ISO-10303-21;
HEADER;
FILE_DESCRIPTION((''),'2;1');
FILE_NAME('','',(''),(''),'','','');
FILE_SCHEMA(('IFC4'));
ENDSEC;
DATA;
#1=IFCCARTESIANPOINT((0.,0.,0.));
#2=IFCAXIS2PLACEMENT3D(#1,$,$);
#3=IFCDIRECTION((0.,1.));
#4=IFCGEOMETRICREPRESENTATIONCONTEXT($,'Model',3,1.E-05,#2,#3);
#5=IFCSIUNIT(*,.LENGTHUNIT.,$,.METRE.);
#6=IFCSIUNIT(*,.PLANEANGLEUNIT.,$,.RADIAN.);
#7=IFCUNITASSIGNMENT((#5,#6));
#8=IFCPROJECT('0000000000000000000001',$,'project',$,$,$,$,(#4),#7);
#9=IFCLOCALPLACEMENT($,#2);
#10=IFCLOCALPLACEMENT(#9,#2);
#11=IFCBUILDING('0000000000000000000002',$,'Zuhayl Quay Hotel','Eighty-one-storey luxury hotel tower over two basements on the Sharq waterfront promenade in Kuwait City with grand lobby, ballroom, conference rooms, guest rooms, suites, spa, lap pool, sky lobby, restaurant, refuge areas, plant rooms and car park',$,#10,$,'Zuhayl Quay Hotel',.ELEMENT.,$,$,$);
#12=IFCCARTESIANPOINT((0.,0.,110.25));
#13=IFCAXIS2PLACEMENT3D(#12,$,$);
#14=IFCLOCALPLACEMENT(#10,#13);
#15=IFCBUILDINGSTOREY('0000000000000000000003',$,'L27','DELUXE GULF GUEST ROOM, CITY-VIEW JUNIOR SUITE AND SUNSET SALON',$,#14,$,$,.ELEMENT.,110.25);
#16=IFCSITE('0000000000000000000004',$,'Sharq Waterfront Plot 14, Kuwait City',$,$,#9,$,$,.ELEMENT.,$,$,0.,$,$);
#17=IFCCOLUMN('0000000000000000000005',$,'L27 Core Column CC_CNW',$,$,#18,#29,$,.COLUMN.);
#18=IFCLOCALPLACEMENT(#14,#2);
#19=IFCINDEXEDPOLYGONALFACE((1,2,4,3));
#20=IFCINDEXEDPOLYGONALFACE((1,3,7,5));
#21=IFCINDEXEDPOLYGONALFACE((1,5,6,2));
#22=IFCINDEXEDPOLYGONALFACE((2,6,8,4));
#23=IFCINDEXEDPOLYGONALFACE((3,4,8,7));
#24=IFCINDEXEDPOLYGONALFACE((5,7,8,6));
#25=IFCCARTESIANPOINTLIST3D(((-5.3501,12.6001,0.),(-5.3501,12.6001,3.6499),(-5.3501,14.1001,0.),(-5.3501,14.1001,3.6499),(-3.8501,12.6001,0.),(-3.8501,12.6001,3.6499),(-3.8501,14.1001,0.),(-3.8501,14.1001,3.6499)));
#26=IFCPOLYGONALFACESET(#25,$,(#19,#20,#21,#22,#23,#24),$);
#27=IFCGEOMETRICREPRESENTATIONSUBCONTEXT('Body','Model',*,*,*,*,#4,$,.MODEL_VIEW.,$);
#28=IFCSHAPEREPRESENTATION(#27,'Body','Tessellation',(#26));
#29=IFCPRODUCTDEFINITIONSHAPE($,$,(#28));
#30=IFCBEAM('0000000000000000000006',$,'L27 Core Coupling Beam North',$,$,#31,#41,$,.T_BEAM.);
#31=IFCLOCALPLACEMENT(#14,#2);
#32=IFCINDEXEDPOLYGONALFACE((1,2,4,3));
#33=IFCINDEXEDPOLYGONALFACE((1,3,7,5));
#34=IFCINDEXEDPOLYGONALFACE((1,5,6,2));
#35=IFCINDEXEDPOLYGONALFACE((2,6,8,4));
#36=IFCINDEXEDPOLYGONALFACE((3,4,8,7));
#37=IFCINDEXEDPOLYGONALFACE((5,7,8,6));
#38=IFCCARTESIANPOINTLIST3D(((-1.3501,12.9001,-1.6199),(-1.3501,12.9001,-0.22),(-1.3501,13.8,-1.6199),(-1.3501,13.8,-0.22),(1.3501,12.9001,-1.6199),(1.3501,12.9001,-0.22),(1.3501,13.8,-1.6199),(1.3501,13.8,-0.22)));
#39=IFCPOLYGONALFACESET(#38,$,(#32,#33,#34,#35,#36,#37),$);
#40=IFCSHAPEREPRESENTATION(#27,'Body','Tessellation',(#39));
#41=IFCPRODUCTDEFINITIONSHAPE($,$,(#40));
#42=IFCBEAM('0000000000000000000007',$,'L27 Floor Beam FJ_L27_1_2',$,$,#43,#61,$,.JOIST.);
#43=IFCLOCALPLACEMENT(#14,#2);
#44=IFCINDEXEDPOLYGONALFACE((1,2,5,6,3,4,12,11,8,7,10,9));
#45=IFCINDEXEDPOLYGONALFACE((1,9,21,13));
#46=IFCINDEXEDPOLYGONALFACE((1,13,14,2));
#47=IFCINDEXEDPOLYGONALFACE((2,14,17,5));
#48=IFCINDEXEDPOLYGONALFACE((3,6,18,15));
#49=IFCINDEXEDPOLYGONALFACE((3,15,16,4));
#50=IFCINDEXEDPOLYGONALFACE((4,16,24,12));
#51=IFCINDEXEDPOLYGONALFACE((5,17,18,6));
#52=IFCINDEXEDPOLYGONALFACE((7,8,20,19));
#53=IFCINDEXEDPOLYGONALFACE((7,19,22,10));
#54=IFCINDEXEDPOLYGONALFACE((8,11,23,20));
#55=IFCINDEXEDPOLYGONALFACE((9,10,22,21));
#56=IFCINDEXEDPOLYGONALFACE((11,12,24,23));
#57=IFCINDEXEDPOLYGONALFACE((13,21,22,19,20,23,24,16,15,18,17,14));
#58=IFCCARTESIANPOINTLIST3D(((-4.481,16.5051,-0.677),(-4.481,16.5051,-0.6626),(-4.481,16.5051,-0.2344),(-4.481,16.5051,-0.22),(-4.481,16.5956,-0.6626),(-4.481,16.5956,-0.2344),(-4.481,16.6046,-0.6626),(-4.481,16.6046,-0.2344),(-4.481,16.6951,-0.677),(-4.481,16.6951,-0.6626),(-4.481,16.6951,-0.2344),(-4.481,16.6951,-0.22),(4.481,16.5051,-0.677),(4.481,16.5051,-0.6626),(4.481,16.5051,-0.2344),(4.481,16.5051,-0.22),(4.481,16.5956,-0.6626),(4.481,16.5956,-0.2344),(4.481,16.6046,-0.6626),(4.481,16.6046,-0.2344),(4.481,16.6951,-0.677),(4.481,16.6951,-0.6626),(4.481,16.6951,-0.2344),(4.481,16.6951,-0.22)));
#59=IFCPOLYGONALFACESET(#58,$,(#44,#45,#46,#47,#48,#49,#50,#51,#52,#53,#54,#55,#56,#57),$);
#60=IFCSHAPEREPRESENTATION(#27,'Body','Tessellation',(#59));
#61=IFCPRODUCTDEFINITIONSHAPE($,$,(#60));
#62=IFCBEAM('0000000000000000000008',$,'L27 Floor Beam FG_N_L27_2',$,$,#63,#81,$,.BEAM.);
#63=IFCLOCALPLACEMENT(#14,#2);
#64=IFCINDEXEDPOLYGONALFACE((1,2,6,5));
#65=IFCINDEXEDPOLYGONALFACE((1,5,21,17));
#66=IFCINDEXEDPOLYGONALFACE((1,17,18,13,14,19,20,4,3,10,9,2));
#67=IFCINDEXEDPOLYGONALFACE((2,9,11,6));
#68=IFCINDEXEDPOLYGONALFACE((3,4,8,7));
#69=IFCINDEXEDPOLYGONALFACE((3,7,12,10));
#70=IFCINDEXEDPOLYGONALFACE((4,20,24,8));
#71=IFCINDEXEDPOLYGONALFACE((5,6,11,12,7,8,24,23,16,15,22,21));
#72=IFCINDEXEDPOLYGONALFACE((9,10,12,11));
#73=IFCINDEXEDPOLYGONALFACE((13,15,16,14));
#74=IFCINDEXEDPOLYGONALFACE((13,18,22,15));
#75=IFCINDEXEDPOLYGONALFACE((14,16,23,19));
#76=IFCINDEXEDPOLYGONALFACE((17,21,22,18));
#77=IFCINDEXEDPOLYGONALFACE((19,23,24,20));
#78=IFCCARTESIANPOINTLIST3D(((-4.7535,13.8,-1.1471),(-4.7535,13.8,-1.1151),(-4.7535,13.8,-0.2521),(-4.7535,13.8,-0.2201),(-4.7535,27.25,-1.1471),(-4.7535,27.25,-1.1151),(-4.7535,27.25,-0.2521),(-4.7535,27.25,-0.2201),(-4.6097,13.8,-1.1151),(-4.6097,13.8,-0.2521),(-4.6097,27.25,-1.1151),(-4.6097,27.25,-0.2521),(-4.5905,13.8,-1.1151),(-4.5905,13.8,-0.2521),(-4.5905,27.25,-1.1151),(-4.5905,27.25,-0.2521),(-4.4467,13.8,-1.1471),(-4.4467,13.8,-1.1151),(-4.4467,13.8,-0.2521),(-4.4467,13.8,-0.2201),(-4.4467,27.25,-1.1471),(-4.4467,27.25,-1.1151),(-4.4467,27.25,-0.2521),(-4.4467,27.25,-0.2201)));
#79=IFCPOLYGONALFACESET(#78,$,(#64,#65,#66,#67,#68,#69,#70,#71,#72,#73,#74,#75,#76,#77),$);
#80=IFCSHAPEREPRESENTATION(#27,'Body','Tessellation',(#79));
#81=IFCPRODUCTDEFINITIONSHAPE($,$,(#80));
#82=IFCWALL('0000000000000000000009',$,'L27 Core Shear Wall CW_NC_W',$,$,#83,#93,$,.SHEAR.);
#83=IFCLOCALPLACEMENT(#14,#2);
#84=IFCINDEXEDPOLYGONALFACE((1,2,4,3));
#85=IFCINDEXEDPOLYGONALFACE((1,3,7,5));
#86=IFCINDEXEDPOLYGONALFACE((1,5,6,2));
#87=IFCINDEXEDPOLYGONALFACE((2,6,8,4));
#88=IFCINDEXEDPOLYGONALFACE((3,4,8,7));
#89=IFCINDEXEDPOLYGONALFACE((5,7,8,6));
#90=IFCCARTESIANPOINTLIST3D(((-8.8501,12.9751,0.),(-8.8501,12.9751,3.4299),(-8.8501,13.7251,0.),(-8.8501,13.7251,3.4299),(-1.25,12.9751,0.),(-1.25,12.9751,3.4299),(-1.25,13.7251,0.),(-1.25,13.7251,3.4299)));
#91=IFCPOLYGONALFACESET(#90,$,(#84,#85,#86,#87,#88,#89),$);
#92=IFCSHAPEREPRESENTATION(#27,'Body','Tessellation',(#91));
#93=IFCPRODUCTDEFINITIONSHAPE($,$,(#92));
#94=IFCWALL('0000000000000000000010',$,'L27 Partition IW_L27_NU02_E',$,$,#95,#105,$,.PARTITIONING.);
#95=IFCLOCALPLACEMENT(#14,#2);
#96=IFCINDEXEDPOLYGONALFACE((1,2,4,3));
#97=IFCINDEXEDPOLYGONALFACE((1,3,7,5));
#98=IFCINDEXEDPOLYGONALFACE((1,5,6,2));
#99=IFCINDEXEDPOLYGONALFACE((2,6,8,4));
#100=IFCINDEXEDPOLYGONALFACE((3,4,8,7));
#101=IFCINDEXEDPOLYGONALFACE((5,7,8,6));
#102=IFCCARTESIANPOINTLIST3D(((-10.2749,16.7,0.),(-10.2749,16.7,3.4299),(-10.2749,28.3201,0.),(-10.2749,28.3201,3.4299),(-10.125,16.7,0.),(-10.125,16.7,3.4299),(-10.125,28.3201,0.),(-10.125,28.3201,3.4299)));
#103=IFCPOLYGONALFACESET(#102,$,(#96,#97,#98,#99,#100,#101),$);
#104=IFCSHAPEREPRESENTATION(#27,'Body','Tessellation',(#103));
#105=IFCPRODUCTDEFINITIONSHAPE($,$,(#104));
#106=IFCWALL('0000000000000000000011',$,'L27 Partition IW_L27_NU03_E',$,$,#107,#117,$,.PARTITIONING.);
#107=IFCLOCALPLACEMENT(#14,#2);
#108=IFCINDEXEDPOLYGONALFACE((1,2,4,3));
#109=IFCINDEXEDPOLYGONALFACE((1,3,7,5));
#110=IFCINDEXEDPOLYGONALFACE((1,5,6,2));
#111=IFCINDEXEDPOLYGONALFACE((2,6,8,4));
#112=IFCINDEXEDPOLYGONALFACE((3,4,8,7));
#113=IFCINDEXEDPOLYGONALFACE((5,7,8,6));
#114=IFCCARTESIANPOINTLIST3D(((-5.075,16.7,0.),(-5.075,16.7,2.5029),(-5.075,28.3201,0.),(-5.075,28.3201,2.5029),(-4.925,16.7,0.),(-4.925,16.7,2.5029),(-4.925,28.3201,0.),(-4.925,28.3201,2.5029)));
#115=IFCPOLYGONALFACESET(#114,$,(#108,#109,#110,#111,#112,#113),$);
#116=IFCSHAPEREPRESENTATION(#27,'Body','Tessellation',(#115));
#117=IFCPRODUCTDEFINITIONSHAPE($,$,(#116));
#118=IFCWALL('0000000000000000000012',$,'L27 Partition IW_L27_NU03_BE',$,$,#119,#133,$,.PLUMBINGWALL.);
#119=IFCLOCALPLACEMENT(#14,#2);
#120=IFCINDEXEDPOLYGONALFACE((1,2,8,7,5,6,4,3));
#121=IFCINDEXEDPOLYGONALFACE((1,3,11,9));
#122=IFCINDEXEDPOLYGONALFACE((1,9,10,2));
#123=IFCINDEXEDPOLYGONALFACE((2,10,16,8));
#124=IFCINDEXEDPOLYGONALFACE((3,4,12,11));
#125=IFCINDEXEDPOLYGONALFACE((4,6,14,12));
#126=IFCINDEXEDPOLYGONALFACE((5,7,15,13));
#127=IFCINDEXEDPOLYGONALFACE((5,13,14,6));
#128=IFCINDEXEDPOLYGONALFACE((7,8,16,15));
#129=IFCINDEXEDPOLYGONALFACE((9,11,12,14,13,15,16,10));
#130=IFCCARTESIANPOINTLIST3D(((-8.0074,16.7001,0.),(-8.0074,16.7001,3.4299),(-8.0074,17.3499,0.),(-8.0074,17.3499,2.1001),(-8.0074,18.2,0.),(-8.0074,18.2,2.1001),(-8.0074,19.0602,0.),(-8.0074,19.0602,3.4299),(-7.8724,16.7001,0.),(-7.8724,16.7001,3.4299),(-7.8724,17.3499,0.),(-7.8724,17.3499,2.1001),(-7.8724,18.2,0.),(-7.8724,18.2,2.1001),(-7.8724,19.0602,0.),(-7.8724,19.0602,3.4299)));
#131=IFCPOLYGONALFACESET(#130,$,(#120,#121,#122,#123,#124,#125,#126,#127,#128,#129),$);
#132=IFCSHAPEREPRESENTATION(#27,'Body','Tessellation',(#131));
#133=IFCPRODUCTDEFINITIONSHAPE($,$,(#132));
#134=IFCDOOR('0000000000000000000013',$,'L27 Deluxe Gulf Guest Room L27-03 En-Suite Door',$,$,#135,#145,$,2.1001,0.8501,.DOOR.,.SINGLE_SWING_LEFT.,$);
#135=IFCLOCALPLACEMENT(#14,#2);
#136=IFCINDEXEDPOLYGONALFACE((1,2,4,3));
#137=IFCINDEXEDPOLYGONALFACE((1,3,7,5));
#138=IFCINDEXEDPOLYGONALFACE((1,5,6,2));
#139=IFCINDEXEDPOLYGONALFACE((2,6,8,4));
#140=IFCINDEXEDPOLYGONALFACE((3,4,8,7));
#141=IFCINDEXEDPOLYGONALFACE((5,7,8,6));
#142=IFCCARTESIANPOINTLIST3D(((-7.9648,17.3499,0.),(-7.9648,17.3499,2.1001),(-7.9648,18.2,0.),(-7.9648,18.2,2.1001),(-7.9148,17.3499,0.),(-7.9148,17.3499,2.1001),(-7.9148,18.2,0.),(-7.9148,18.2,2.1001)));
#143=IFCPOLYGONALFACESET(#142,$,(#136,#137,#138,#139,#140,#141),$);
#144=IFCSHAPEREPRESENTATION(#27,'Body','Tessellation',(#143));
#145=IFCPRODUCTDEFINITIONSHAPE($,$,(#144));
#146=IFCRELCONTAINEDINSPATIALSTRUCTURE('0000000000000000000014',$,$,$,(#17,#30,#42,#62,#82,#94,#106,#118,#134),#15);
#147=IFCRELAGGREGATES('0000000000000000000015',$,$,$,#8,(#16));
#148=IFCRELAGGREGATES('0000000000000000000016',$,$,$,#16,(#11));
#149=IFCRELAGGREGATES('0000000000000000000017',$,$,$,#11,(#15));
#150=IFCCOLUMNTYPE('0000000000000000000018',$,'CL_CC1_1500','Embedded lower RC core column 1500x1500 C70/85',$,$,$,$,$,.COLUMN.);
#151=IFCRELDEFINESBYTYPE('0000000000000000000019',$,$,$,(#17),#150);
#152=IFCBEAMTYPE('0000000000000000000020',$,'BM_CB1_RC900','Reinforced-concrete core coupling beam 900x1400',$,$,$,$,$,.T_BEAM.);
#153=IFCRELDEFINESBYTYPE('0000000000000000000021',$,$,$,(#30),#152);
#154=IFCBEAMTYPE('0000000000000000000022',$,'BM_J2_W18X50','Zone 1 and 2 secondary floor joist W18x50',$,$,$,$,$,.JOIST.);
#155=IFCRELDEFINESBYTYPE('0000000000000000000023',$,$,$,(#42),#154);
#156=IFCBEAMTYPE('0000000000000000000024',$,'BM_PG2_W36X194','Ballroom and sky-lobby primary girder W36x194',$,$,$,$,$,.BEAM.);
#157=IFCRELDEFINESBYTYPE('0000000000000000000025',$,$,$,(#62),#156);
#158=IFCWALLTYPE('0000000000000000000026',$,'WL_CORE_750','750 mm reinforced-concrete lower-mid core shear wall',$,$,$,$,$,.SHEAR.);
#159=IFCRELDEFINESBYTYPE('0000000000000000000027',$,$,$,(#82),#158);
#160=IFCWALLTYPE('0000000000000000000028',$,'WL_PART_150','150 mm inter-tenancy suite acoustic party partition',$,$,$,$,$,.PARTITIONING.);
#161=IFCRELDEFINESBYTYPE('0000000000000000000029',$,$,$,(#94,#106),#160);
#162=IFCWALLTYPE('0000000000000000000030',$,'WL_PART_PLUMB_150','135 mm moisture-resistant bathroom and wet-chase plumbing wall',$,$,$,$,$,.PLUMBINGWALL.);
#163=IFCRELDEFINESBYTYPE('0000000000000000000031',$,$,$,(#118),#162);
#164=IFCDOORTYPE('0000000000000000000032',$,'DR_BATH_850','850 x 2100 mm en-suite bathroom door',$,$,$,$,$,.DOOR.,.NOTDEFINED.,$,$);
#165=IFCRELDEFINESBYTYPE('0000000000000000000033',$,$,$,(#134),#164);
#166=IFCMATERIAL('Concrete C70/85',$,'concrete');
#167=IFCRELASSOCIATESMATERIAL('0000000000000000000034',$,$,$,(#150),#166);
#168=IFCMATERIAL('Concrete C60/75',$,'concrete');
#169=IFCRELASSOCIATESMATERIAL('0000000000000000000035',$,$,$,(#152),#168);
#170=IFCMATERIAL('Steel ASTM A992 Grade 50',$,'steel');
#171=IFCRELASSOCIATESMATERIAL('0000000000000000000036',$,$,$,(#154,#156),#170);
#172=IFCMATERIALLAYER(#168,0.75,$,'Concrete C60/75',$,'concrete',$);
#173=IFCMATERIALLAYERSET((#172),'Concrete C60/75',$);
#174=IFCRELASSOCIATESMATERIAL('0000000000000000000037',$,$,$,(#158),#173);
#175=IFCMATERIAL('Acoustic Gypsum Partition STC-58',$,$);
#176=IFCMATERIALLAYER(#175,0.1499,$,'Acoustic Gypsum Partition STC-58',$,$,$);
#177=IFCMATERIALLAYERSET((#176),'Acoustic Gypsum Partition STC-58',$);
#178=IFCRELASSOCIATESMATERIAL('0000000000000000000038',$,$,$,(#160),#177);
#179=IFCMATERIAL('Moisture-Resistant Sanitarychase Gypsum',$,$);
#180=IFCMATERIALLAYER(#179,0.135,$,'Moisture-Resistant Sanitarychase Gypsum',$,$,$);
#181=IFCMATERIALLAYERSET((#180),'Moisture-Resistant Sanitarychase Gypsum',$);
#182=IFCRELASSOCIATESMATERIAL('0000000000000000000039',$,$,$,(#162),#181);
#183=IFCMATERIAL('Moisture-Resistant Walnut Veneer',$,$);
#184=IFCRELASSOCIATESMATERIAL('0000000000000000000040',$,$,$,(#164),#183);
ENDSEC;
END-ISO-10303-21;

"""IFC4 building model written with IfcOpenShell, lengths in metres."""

from ifc_helpers import new_model, si_unit, direction, frame, frame_2d, origin, origin_2d, place, context, subcontext, project, spatial, rectangle, i_section, extrude, material, layer, layer_set, material_profile, profile_set, type_object, element, fill, save


model = new_model("IFC4")

# Units and contexts
model_context = context("Model", 3, precision=1e-05, world=origin(), true_north=direction((0.0, 1.0)))
body_context = subcontext(model_context, "Body", "Model", "MODEL_VIEW")
ifc_project = project(units=[si_unit("LENGTHUNIT", "METRE"), si_unit("PLANEANGLEUNIT", "RADIAN")], contexts=[model_context])

# Site, building, storey
site_placement = place(None, origin())
site = spatial("IfcSite", under=ifc_project, at=site_placement, Name="Sharq Waterfront Plot 14, Kuwait City", CompositionType="ELEMENT", RefElevation=0.0)
building_placement = place(site_placement, origin())
building = spatial("IfcBuilding", under=site, at=building_placement, Name="Zuhayl Quay Hotel", Description="Eighty-one-storey luxury hotel tower over two basements on the Sharq waterfront promenade in Kuwait City with grand lobby, ballroom, conference rooms, guest rooms, suites, spa, lap pool, sky lobby, restaurant, refuge areas, plant rooms and car park", LongName="Zuhayl Quay Hotel", CompositionType="ELEMENT")
storey_placement = place(building_placement, frame((0.0, 0.0, 110.25)))
storey = spatial("IfcBuildingStorey", under=building, at=storey_placement, Name="L27", Description="DELUXE GULF GUEST ROOM, CITY-VIEW JUNIOR SUITE AND SUNSET SALON", CompositionType="ELEMENT", Elevation=110.25)

# Column
ifc_material_1 = material(Name="Concrete C70/85", Category="concrete")
ifc_material_profile_1 = material_profile(ifc_material_1, rectangle(XDim=1.5, YDim=1.5, at=origin_2d()), Name="RC1500X1500")
ifc_profile_set_1 = profile_set([ifc_material_profile_1], Name="Concrete C70/85")
column_type = type_object("IfcColumnType", Name="CL_CC1_1500", Description="Embedded lower RC core column 1500x1500 C70/85", PredefinedType="COLUMN", material=ifc_profile_set_1)
column_placement = place(storey_placement, frame((-4.6001, 13.3501, 0.0), z_axis=(0.0, 0.0, 1.0), x_axis=(1.0, 0.0, 0.0)))
element("IfcColumn", 1, at=column_placement, inside=storey, type_object=column_type, Name="L27 Core Column CC_CNW", PredefinedType="COLUMN", context=body_context, shape_type="SweptSolid", body=[
    extrude(rectangle(XDim=1.5, YDim=1.5, at=origin_2d()), origin(), (0.0, 0.0, 1.0), 3.6499),
])

# Beams
ifc_material_2 = material(Name="Concrete C60/75", Category="concrete")
ifc_material_profile_2 = material_profile(ifc_material_2, rectangle(XDim=0.8999, YDim=1.3999, at=origin_2d()), Name="RC900X1400")
ifc_profile_set_2 = profile_set([ifc_material_profile_2], Name="Concrete C60/75")
beam_type_1 = type_object("IfcBeamType", Name="BM_CB1_RC900", Description="Reinforced-concrete core coupling beam 900x1400", PredefinedType="T_BEAM", material=ifc_profile_set_2)
beam_1_placement = place(storey_placement, frame((-1.3501, 13.3501, -0.9199), z_axis=(1.0, 0.0, 0.0), x_axis=(0.0, 1.0, 0.0)))
element("IfcBeam", 2, at=beam_1_placement, inside=storey, type_object=beam_type_1, Name="L27 Core Coupling Beam North", PredefinedType="T_BEAM", context=body_context, shape_type="SweptSolid", body=[
    extrude(rectangle(XDim=0.8999, YDim=1.3999, at=origin_2d()), origin(), (0.0, 0.0, 1.0), 2.7002),
])
ifc_material_3 = material(Name="Steel ASTM A992 Grade 50", Category="steel")
ifc_material_profile_3 = material_profile(ifc_material_3, i_section(OverallWidth=0.1899, OverallDepth=0.457, WebThickness=0.009, FlangeThickness=0.0144, at=origin_2d()), Name="W18X50")
ifc_profile_set_3 = profile_set([ifc_material_profile_3], Name="Steel ASTM A992 Grade 50")
beam_type_2 = type_object("IfcBeamType", Name="BM_J2_W18X50", Description="Zone 1 and 2 secondary floor joist W18x50", PredefinedType="JOIST", material=ifc_profile_set_3)
beam_2_placement = place(storey_placement, frame((-4.481, 16.6001, -0.4485), z_axis=(1.0, 0.0, 0.0), x_axis=(0.0, 1.0, 0.0)))
element("IfcBeam", 3, at=beam_2_placement, inside=storey, type_object=beam_type_2, Name="L27 Floor Beam FJ_L27_1_2", PredefinedType="JOIST", context=body_context, shape_type="SweptSolid", body=[
    extrude(i_section(OverallWidth=0.1899, OverallDepth=0.457, WebThickness=0.009, FlangeThickness=0.0144, at=origin_2d()), origin(), (0.0, 0.0, 1.0), 8.9619),
])
ifc_material_profile_4 = material_profile(ifc_material_3, i_section(OverallWidth=0.3069, OverallDepth=0.927, WebThickness=0.0193, FlangeThickness=0.032, at=origin_2d()), Name="W36X194")
ifc_profile_set_4 = profile_set([ifc_material_profile_4], Name="Steel ASTM A992 Grade 50")
beam_type_3 = type_object("IfcBeamType", Name="BM_PG2_W36X194", Description="Ballroom and sky-lobby primary girder W36x194", PredefinedType="BEAM", material=ifc_profile_set_4)
beam_3_placement = place(storey_placement, frame((-4.6001, 13.8, -0.6836), z_axis=(0.0, 1.0, 0.0), x_axis=(-1.0, 0.0, 0.0)))
element("IfcBeam", 4, at=beam_3_placement, inside=storey, type_object=beam_type_3, Name="L27 Floor Beam FG_N_L27_2", PredefinedType="BEAM", context=body_context, shape_type="SweptSolid", body=[
    extrude(i_section(OverallWidth=0.3069, OverallDepth=0.927, WebThickness=0.0193, FlangeThickness=0.032, at=origin_2d()), origin(), (0.0, 0.0, 1.0), 13.45),
])

# Walls
ifc_layer_1 = layer(ifc_material_2, 0.75, Name="Concrete C60/75", Category="concrete")
ifc_layer_set_1 = layer_set([ifc_layer_1], Name="Concrete C60/75")
wall_type_1 = type_object("IfcWallType", Name="WL_CORE_750", Description="750 mm reinforced-concrete lower-mid core shear wall", PredefinedType="SHEAR", material=ifc_layer_set_1)
wall_1_placement = place(storey_placement, frame((-8.8501, 13.3501, 0.0), z_axis=(0.0, 0.0, 1.0), x_axis=(1.0, 0.0, 0.0)))
element("IfcWall", 5, at=wall_1_placement, inside=storey, type_object=wall_type_1, Name="L27 Core Shear Wall CW_NC_W", PredefinedType="SHEAR", context=body_context, shape_type="SweptSolid", body=[
    extrude(rectangle(XDim=7.6001, YDim=0.75, at=frame_2d((3.8, 0.0))), origin(), (0.0, 0.0, 1.0), 3.4299),
])
ifc_material_4 = material(Name="Acoustic Gypsum Partition STC-58")
ifc_layer_2 = layer(ifc_material_4, 0.1499, Name="Acoustic Gypsum Partition STC-58")
ifc_layer_set_2 = layer_set([ifc_layer_2], Name="Acoustic Gypsum Partition STC-58")
wall_type_2 = type_object("IfcWallType", Name="WL_PART_150", Description="150 mm inter-tenancy suite acoustic party partition", PredefinedType="PARTITIONING", material=ifc_layer_set_2)
wall_2_placement = place(storey_placement, frame((-10.2, 16.7, 0.0), z_axis=(0.0, 0.0, 1.0), x_axis=(0.0, 1.0, 0.0)))
element("IfcWall", 6, at=wall_2_placement, inside=storey, type_object=wall_type_2, Name="L27 Partition IW_L27_NU02_E", PredefinedType="PARTITIONING", context=body_context, shape_type="SweptSolid", body=[
    extrude(rectangle(XDim=11.6201, YDim=0.1499, at=frame_2d((5.8101, 0.0))), origin(), (0.0, 0.0, 1.0), 3.4299),
])
wall_3_placement = place(storey_placement, frame((-5.0, 16.7, 0.0), z_axis=(0.0, 0.0, 1.0), x_axis=(0.0, 1.0, 0.0)))
element("IfcWall", 7, at=wall_3_placement, inside=storey, type_object=wall_type_2, Name="L27 Partition IW_L27_NU03_E", PredefinedType="PARTITIONING", context=body_context, shape_type="SweptSolid", body=[
    extrude(rectangle(XDim=11.6201, YDim=0.1499, at=frame_2d((5.8101, 0.0))), origin(), (0.0, 0.0, 1.0), 2.5029),
])

# Wall, opening, door
ifc_material_5 = material(Name="Moisture-Resistant Sanitarychase Gypsum")
ifc_layer_3 = layer(ifc_material_5, 0.135, Name="Moisture-Resistant Sanitarychase Gypsum")
ifc_layer_set_3 = layer_set([ifc_layer_3], Name="Moisture-Resistant Sanitarychase Gypsum")
wall_type_3 = type_object("IfcWallType", Name="WL_PART_PLUMB_150", Description="135 mm moisture-resistant bathroom and wet-chase plumbing wall", PredefinedType="PLUMBINGWALL", material=ifc_layer_set_3)
wall_4_placement = place(storey_placement, frame((-7.9399, 16.7, 0.0), z_axis=(0.0, 0.0, 1.0), x_axis=(0.0, 1.0, 0.0)))
wall_4 = element("IfcWall", 8, at=wall_4_placement, inside=storey, type_object=wall_type_3, Name="L27 Partition IW_L27_NU03_BE", PredefinedType="PLUMBINGWALL", context=body_context, shape_type="SweptSolid", body=[
    extrude(rectangle(XDim=2.3601, YDim=0.135, at=frame_2d((1.1802, 0.0))), origin(), (0.0, 0.0, 1.0), 3.4299),
])
opening_1_placement = place(wall_4_placement, frame((0.6499, 0.0, 0.0)))
opening_1 = element("IfcOpeningElement", 9, at=opening_1_placement, cuts=wall_4, PredefinedType="OPENING", context=body_context, shape_type="SweptSolid", body=[
    extrude(rectangle(XDim=0.8501, YDim=2.1001, at=frame_2d((0.425, 1.05))), frame((0.0, 0.0774, 0.0), z_axis=(0.0, -1.0, 0.0), x_axis=(1.0, 0.0, 0.0)), (0.0, 0.0, 1.0), 0.155),
])
ifc_material_6 = material(Name="Moisture-Resistant Walnut Veneer")
door_type_1 = type_object("IfcDoorType", Name="DR_BATH_850", Description="850 x 2100 mm en-suite bathroom door", OperationType="NOTDEFINED", PredefinedType="DOOR", material=ifc_material_6)
door_1_placement = place(opening_1_placement, origin())
door_1 = element("IfcDoor", 10, at=door_1_placement, inside=storey, type_object=door_type_1, Name="L27 Deluxe Gulf Guest Room L27-03 En-Suite Door", OperationType="SINGLE_SWING_LEFT", OverallHeight=2.1001, OverallWidth=0.8501, PredefinedType="DOOR", context=body_context, shape_type="SweptSolid", body=[
    extrude(rectangle(XDim=0.8501, YDim=2.1001, at=frame_2d((0.425, 1.05))), frame((0.0, 0.0249, 0.0), z_axis=(0.0, -1.0, 0.0), x_axis=(1.0, 0.0, 0.0)), (0.0, 0.0, 1.0), 0.05),
])
fill(opening_1, door_1)

save(model, "model.ifc")
